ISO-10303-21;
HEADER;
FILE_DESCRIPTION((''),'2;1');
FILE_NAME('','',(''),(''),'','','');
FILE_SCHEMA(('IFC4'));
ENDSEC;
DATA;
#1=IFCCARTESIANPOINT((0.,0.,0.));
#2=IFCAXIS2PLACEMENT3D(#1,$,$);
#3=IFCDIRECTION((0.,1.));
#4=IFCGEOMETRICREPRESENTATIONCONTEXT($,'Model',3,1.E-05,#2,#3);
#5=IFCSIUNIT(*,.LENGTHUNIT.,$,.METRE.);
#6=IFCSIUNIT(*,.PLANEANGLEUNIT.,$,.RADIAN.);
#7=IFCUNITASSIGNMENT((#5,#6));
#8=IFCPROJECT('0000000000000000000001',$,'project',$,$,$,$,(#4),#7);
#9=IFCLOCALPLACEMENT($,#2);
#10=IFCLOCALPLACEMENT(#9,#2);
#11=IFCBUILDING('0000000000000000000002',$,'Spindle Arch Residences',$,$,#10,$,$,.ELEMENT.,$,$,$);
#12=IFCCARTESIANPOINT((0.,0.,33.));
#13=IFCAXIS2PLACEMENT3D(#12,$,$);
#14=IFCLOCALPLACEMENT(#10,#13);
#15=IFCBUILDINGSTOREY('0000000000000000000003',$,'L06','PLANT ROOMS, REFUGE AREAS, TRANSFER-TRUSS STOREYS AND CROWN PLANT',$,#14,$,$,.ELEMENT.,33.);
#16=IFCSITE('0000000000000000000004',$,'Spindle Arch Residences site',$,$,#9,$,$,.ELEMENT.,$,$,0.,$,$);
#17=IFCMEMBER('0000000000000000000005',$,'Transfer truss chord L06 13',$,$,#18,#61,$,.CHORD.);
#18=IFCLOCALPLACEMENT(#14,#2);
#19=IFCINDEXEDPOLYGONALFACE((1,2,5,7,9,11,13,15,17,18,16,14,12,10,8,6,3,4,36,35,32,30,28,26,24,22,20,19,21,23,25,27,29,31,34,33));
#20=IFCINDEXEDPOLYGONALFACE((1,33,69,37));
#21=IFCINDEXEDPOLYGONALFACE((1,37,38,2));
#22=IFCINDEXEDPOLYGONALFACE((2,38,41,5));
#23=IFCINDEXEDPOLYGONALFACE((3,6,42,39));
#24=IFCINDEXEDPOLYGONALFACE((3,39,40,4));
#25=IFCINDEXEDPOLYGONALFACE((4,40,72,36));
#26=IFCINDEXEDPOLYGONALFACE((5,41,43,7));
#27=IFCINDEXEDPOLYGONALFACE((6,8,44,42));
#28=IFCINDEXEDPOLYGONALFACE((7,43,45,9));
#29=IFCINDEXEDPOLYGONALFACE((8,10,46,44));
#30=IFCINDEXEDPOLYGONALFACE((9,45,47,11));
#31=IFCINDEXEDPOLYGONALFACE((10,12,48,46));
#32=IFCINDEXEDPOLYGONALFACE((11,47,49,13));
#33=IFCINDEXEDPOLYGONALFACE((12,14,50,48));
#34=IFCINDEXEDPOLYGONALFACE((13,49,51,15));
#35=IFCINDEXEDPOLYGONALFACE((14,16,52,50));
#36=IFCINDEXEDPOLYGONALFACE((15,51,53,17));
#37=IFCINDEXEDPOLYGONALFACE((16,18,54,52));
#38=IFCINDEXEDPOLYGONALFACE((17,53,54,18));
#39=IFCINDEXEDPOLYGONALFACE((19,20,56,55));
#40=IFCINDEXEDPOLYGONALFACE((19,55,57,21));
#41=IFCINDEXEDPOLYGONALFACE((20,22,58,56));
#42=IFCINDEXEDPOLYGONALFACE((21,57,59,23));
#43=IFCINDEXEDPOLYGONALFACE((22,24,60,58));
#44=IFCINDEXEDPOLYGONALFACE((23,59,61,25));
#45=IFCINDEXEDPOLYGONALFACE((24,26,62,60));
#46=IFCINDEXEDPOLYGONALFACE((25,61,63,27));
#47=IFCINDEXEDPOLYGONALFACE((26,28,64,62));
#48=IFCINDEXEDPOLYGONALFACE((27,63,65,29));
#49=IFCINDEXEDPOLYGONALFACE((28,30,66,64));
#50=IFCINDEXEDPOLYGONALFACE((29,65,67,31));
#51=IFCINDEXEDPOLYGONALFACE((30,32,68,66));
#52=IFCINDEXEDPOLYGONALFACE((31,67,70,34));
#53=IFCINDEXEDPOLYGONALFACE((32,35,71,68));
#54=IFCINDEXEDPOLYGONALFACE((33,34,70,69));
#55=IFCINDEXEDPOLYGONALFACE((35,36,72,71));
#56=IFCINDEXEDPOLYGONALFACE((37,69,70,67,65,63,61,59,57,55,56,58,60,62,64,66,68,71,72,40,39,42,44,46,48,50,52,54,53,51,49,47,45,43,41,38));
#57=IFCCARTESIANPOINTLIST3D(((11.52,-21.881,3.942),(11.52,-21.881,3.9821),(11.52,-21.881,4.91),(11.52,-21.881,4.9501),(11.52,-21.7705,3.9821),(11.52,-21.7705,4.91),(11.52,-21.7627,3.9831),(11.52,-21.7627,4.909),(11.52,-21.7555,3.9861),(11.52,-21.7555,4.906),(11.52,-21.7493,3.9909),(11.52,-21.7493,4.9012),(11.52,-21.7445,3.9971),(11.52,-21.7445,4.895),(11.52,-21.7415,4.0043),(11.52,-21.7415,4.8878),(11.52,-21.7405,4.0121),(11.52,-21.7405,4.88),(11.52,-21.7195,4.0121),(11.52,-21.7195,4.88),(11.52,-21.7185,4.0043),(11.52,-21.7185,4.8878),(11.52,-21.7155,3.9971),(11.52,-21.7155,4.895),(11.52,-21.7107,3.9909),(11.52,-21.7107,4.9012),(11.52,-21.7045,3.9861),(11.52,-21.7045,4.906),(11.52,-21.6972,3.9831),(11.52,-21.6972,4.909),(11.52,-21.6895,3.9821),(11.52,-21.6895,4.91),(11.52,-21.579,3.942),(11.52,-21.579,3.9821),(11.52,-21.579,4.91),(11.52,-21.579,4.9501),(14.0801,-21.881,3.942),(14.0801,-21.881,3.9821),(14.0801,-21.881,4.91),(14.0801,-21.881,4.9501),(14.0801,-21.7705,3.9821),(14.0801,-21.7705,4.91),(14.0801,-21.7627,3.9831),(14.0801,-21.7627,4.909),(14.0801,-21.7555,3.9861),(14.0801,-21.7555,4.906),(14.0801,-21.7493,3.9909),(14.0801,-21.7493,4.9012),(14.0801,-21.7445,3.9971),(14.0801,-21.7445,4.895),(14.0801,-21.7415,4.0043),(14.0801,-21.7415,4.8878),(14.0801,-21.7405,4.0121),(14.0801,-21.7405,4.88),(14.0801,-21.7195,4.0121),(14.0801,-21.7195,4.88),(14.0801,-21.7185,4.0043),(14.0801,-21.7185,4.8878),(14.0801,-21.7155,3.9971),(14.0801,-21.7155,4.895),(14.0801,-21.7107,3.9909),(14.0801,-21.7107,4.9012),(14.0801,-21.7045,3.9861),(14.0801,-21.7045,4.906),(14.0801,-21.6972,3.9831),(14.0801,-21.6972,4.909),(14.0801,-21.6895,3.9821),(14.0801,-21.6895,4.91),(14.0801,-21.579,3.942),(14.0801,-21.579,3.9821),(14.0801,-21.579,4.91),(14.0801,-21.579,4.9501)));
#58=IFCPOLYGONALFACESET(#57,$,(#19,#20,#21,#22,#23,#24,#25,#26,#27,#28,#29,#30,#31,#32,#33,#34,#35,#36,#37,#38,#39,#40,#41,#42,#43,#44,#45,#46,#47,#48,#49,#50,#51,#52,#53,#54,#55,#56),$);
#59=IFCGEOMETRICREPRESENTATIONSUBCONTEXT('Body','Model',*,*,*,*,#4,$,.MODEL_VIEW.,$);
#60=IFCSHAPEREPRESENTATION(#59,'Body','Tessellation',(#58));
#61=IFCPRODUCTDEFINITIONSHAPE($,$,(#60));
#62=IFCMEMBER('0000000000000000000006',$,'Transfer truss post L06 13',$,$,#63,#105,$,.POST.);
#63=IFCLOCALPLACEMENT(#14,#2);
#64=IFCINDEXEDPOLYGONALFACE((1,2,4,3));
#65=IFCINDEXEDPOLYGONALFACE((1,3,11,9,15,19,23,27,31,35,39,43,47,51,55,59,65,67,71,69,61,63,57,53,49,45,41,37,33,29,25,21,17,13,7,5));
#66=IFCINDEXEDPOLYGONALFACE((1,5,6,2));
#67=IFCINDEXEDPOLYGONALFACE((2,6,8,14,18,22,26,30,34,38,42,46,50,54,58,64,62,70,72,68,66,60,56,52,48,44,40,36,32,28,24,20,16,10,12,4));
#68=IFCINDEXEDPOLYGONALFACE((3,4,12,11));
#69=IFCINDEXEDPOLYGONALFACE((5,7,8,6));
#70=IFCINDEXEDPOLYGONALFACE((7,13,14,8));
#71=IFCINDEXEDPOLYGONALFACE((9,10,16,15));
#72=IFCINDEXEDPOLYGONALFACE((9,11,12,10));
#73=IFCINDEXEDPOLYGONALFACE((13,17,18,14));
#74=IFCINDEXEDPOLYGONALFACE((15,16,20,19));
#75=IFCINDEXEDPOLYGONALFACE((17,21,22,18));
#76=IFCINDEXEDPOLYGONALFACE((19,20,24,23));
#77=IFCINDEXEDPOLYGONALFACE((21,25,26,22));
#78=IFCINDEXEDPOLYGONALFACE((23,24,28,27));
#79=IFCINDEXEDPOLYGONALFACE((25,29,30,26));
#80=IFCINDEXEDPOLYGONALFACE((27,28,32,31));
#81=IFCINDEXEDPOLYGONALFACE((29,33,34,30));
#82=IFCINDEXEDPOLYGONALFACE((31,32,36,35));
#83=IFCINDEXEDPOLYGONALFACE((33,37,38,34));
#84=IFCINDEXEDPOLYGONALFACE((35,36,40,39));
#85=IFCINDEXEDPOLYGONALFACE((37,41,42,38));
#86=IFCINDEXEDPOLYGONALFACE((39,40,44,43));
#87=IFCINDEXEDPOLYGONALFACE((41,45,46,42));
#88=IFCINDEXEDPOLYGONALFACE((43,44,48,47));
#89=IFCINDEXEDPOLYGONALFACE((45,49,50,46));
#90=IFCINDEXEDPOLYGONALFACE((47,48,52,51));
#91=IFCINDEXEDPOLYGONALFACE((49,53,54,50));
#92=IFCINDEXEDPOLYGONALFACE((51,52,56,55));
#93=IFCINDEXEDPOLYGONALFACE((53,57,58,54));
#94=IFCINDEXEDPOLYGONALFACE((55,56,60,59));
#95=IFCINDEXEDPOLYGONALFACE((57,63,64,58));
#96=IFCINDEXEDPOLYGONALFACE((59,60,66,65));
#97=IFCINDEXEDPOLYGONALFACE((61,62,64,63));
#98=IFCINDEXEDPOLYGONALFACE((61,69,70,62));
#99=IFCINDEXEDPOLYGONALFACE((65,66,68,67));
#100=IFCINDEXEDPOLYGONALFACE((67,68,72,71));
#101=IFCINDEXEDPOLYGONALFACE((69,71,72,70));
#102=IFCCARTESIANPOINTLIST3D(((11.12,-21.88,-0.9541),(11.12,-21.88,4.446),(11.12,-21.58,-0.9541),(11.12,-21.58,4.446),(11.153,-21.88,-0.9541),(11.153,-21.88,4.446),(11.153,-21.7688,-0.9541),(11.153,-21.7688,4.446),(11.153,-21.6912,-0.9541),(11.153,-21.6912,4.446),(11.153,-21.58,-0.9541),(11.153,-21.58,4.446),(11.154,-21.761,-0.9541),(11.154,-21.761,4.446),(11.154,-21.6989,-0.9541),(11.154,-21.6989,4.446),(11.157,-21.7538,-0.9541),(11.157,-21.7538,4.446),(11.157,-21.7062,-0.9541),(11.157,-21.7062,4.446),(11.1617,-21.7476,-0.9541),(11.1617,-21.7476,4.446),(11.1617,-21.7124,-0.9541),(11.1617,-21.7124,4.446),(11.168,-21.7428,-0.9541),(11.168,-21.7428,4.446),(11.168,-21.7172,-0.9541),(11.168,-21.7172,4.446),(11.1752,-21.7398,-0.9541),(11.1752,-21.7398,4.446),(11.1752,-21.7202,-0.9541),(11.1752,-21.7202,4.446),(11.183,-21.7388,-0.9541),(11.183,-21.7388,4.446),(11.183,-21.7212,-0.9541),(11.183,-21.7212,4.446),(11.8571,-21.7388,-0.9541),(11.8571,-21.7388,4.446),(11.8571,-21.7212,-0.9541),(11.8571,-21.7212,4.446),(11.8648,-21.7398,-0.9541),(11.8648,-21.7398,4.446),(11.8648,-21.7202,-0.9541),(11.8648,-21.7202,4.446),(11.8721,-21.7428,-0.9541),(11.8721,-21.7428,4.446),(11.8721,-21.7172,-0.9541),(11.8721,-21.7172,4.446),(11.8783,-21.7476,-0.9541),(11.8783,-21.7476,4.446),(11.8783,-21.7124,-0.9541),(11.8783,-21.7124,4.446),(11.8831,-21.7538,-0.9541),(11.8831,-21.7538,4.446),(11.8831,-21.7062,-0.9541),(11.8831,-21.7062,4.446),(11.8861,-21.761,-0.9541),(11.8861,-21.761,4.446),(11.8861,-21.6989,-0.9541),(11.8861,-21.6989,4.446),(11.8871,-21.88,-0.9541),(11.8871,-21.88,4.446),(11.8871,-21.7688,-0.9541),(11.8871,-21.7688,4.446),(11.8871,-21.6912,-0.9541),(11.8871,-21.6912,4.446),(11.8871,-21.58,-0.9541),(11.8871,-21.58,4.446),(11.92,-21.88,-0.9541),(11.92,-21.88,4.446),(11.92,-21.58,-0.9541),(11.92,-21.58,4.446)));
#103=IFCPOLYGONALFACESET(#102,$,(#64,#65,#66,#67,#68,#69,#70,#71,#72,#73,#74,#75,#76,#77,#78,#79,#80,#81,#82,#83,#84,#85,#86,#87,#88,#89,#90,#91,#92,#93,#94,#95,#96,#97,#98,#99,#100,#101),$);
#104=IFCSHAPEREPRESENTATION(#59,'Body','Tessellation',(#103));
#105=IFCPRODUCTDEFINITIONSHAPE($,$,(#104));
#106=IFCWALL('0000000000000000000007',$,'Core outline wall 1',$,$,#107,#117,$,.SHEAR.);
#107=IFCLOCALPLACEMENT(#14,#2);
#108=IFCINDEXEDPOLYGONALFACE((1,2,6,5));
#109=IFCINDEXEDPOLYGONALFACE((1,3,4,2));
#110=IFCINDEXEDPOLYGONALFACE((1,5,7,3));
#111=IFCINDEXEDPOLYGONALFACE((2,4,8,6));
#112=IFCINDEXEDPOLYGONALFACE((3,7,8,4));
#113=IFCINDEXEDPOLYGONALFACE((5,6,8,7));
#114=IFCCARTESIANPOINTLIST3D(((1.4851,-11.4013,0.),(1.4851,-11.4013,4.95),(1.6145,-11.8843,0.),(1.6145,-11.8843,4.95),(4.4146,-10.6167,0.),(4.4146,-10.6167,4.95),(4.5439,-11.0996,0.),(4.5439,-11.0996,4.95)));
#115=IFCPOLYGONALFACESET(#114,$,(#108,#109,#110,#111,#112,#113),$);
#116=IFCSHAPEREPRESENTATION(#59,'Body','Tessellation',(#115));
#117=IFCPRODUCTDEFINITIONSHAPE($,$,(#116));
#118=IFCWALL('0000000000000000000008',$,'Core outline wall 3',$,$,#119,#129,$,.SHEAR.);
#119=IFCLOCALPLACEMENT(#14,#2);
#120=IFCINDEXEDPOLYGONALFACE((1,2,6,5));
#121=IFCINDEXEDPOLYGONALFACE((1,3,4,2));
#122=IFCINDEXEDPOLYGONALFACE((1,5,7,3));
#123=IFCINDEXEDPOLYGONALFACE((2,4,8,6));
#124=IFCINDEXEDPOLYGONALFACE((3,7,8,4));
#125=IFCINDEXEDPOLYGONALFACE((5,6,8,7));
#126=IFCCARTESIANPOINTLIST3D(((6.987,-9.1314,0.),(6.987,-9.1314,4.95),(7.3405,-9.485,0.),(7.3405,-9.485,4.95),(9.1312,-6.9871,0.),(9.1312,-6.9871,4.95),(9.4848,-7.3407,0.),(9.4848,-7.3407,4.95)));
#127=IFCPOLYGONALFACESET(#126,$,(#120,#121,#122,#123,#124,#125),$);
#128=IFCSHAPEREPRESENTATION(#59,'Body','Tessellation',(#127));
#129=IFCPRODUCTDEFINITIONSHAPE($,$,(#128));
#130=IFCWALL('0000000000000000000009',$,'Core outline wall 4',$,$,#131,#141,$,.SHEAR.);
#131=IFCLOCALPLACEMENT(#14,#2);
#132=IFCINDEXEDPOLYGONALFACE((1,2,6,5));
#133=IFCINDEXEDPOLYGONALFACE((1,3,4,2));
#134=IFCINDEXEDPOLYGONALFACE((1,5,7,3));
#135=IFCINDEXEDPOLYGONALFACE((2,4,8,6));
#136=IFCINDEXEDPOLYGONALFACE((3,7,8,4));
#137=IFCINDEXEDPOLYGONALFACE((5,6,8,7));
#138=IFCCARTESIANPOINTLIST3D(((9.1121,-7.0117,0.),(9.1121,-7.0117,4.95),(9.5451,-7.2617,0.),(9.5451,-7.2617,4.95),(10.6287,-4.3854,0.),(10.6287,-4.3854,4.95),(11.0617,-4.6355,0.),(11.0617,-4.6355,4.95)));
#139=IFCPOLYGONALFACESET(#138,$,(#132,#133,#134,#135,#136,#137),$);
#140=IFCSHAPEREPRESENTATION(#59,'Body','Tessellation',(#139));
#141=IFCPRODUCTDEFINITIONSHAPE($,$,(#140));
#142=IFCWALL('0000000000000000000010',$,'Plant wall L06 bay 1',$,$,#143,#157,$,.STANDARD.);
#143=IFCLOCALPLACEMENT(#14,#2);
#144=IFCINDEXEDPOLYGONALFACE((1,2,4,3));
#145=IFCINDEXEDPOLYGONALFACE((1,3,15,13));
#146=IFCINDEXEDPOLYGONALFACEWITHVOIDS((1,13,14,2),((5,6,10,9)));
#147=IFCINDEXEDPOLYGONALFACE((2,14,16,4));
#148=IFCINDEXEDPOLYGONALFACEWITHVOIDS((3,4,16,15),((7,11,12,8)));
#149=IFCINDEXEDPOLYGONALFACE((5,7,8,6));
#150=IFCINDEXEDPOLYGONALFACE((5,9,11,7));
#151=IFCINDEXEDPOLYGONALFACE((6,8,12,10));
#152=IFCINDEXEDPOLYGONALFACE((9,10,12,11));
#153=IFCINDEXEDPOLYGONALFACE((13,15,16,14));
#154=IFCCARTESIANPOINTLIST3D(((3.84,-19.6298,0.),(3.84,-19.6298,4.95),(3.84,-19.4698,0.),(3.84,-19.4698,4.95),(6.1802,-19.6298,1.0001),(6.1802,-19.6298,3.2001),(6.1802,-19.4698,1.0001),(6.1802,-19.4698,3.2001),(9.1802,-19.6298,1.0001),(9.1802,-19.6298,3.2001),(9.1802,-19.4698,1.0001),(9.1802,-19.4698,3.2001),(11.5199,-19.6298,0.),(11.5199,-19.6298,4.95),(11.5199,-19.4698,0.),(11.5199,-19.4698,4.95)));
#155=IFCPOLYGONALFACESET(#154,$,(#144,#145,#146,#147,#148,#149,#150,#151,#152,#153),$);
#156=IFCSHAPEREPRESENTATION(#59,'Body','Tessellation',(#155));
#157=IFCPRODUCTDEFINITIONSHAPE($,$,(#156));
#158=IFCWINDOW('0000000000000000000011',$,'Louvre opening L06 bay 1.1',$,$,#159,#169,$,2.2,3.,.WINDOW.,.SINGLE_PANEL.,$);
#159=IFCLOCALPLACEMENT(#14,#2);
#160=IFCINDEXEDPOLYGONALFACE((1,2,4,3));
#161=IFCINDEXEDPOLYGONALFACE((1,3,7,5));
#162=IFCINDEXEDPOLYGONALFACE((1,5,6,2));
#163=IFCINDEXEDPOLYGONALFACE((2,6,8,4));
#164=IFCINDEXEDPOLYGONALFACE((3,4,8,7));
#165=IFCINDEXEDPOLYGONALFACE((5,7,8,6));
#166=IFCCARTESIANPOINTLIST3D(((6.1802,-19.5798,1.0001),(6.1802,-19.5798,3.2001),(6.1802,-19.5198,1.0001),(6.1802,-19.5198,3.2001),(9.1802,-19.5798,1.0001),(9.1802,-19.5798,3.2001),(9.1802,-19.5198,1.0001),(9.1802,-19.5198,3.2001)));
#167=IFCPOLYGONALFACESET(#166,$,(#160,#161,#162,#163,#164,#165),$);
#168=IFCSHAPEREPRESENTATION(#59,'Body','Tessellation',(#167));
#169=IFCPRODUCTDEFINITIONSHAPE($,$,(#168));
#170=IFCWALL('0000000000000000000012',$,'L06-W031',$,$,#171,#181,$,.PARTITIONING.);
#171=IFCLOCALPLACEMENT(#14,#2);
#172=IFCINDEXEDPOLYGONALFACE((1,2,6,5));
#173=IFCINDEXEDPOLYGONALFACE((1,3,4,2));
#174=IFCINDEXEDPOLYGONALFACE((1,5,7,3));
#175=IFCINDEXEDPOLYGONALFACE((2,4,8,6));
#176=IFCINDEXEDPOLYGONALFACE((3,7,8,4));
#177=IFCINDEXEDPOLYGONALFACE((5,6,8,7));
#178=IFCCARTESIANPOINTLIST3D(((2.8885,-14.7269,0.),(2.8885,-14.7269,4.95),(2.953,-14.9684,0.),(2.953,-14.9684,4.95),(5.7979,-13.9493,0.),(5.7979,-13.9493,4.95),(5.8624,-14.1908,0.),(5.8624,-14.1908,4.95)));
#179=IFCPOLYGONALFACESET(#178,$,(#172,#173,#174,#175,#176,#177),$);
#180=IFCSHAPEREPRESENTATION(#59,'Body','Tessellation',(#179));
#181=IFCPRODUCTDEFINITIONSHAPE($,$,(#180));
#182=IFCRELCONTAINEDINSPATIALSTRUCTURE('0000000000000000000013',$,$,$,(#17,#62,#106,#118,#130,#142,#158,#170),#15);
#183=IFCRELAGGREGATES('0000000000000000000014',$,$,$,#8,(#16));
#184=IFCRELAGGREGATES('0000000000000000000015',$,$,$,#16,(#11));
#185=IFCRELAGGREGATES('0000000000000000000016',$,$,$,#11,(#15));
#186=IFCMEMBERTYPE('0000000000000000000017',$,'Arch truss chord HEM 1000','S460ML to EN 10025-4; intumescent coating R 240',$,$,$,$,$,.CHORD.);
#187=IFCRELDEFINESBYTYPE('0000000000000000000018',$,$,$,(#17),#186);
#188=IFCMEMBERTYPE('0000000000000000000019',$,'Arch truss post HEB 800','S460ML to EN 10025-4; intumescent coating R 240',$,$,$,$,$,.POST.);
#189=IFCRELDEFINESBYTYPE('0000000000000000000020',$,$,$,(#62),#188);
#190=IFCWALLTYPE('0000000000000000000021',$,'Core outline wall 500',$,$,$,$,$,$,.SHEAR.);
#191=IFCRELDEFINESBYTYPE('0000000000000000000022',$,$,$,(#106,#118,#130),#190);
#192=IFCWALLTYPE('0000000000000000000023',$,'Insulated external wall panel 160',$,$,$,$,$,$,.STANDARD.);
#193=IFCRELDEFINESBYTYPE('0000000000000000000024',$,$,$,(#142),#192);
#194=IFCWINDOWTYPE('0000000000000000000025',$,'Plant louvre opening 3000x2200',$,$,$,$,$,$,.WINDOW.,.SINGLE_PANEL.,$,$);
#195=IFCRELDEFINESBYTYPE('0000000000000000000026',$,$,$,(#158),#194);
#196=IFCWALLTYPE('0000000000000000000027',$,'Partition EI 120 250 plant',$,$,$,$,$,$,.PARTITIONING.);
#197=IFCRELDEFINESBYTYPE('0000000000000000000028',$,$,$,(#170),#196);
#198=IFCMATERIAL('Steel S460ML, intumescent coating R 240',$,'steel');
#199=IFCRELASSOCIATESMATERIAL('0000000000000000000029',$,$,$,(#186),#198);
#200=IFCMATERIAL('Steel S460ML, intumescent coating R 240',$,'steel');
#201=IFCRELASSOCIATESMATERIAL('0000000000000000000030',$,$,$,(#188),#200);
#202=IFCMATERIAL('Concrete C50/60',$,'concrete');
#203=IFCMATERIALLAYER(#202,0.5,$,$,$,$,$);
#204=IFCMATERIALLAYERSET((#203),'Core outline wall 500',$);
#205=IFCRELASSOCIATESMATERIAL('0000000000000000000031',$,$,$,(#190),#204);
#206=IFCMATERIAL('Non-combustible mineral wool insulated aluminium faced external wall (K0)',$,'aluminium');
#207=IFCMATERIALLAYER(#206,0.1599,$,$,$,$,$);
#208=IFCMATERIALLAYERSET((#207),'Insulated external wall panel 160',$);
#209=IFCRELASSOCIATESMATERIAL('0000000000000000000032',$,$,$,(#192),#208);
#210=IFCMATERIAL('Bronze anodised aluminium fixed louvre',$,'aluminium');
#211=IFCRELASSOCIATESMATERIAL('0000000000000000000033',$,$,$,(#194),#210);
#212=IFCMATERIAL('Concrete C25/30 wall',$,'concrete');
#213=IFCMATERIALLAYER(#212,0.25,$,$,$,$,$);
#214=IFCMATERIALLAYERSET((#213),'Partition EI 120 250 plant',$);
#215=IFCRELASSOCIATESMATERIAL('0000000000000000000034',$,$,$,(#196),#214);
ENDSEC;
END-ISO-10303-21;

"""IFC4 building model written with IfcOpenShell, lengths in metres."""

from ifc_helpers import new_model, si_unit, direction, frame, frame_2d, origin, origin_2d, place, context, subcontext, project, spatial, rectangle, i_section, extrude, material, layer, layer_set, material_profile, profile_set, type_object, element, fill, save


model = new_model("IFC4")

# Units and contexts
model_context = context("Model", 3, precision=1e-05, world=origin(), true_north=direction((0.0, 1.0)))
body_context = subcontext(model_context, "Body", "Model", "MODEL_VIEW")
ifc_project = project(units=[si_unit("LENGTHUNIT", "METRE"), si_unit("PLANEANGLEUNIT", "RADIAN")], contexts=[model_context])

# Site, building, storey
site_placement = place(None, origin())
site = spatial("IfcSite", under=ifc_project, at=site_placement, Name="Spindle Arch Residences site", CompositionType="ELEMENT", RefElevation=0.0)
building_placement = place(site_placement, origin())
building = spatial("IfcBuilding", under=site, at=building_placement, Name="Spindle Arch Residences", CompositionType="ELEMENT")
storey_placement = place(building_placement, frame((0.0, 0.0, 33.0)))
storey = spatial("IfcBuildingStorey", under=building, at=storey_placement, Name="L06", Description="PLANT ROOMS, REFUGE AREAS, TRANSFER-TRUSS STOREYS AND CROWN PLANT", CompositionType="ELEMENT", Elevation=33.0)

# Members
ifc_material_1 = material(Name="Steel S460ML, intumescent coating R 240", Category="steel")
ifc_material_profile_1 = material_profile(ifc_material_1, i_section(OverallWidth=0.302, OverallDepth=1.0081, WebThickness=0.021, FlangeThickness=0.04, FilletRadius=0.03, at=origin_2d()), Name="HEM 1000")
ifc_profile_set_1 = profile_set([ifc_material_profile_1], Name="Steel S460ML, intumescent coating R 240")
member_type_1 = type_object("IfcMemberType", Name="Arch truss chord HEM 1000", Description="S460ML to EN 10025-4; intumescent coating R 240", PredefinedType="CHORD", material=ifc_profile_set_1)
member_1_placement = place(storey_placement, frame((11.52, -21.73, 4.446), z_axis=(1.0, 0.0, 0.0), x_axis=(0.0, 1.0, 0.0)))
element("IfcMember", 1, at=member_1_placement, inside=storey, type_object=member_type_1, Name="Transfer truss chord L06 13", PredefinedType="CHORD", context=body_context, shape_type="SweptSolid", body=[
    extrude(i_section(OverallWidth=0.302, OverallDepth=1.0081, WebThickness=0.021, FlangeThickness=0.04, FilletRadius=0.03, at=origin_2d()), origin(), (0.0, 0.0, 1.0), 2.5601),
])
ifc_material_2 = material(Name="Steel S460ML, intumescent coating R 240", Category="steel")
ifc_material_profile_2 = material_profile(ifc_material_2, i_section(OverallWidth=0.3, OverallDepth=0.8, WebThickness=0.0176, FlangeThickness=0.033, FilletRadius=0.03, at=origin_2d()), Name="HEB 800")
ifc_profile_set_2 = profile_set([ifc_material_profile_2], Name="Steel S460ML, intumescent coating R 240")
member_type_2 = type_object("IfcMemberType", Name="Arch truss post HEB 800", Description="S460ML to EN 10025-4; intumescent coating R 240", PredefinedType="POST", material=ifc_profile_set_2)
member_2_placement = place(storey_placement, frame((11.52, -21.73, -0.9541), z_axis=(0.0, 0.0, 1.0), x_axis=(0.0, 1.0, 0.0)))
element("IfcMember", 2, at=member_2_placement, inside=storey, type_object=member_type_2, Name="Transfer truss post L06 13", PredefinedType="POST", context=body_context, shape_type="SweptSolid", body=[
    extrude(i_section(OverallWidth=0.3, OverallDepth=0.8, WebThickness=0.0176, FlangeThickness=0.033, FilletRadius=0.03, at=origin_2d()), origin(), (0.0, 0.0, 1.0), 5.4001),
])

# Wall
ifc_material_3 = material(Name="Concrete C50/60", Category="concrete")
ifc_layer_1 = layer(ifc_material_3, 0.5)
ifc_layer_set_1 = layer_set([ifc_layer_1], Name="Core outline wall 500")
wall_type_1 = type_object("IfcWallType", Name="Core outline wall 500", PredefinedType="SHEAR", material=ifc_layer_set_1)
wall_1_placement = place(storey_placement, frame((1.5498, -11.6428, 0.0), z_axis=(0.0, 0.0, 1.0), x_axis=(0.965948, 0.258735, 0.0)))
element("IfcWall", 3, at=wall_1_placement, inside=storey, type_object=wall_type_1, Name="Core outline wall 1", PredefinedType="SHEAR", context=body_context, shape_type="SweptSolid", body=[
    extrude(rectangle(XDim=3.0327, YDim=0.5, at=frame_2d((1.5164, 0.0))), origin(), (0.0, 0.0, 1.0), 4.95),
])

# Walls
wall_2_placement = place(storey_placement, frame((7.1638, -9.3081, 0.0), z_axis=(0.0, 0.0, 1.0), x_axis=(0.707107, 0.707107, 0.0)))
element("IfcWall", 4, at=wall_2_placement, inside=storey, type_object=wall_type_1, Name="Core outline wall 3", PredefinedType="SHEAR", context=body_context, shape_type="SweptSolid", body=[
    extrude(rectangle(XDim=3.0325, YDim=0.5, at=frame_2d((1.5161, 0.0))), origin(), (0.0, 0.0, 1.0), 4.95),
])
wall_3_placement = place(storey_placement, frame((9.3286, -7.1367, 0.0), z_axis=(0.0, 0.0, 1.0), x_axis=(0.500087, 0.865975, 0.0)))
element("IfcWall", 5, at=wall_3_placement, inside=storey, type_object=wall_type_1, Name="Core outline wall 4", PredefinedType="SHEAR", context=body_context, shape_type="SweptSolid", body=[
    extrude(rectangle(XDim=3.0327, YDim=0.5, at=frame_2d((1.5164, 0.0))), origin(), (0.0, 0.0, 1.0), 4.95),
])

# Wall, opening, window
ifc_material_4 = material(Name="Non-combustible mineral wool insulated aluminium faced external wall (K0)", Category="aluminium")
ifc_layer_2 = layer(ifc_material_4, 0.1599)
ifc_layer_set_2 = layer_set([ifc_layer_2], Name="Insulated external wall panel 160")
wall_type_2 = type_object("IfcWallType", Name="Insulated external wall panel 160", PredefinedType="STANDARD", material=ifc_layer_set_2)
wall_4_placement = place(storey_placement, frame((3.8401, -19.5498, 0.0), z_axis=(0.0, 0.0, 1.0), x_axis=(1.0, 0.0, 0.0)))
wall_4 = element("IfcWall", 6, at=wall_4_placement, inside=storey, type_object=wall_type_2, Name="Plant wall L06 bay 1", PredefinedType="STANDARD", context=body_context, shape_type="SweptSolid", body=[
    extrude(rectangle(XDim=7.6799, YDim=0.1599, at=frame_2d((3.8398, 0.0))), origin(), (0.0, 0.0, 1.0), 4.95),
])
opening_1_placement = place(wall_4_placement, frame((2.3401, 0.0, 1.0)))
opening_1 = element("IfcOpeningElement", 7, at=opening_1_placement, cuts=wall_4, PredefinedType="OPENING", context=body_context, shape_type="SweptSolid", body=[
    extrude(rectangle(XDim=3.0, YDim=2.2, at=frame_2d((1.5, 1.1001))), frame((0.0, 0.0898, 0.0), z_axis=(0.0, -1.0, 0.0), x_axis=(1.0, 0.0, 0.0)), (0.0, 0.0, 1.0), 0.1799),
])
ifc_material_5 = material(Name="Bronze anodised aluminium fixed louvre", Category="aluminium")
window_type = type_object("IfcWindowType", Name="Plant louvre opening 3000x2200", PartitioningType="SINGLE_PANEL", PredefinedType="WINDOW", material=ifc_material_5)
window_placement = place(opening_1_placement, origin())
window = element("IfcWindow", 8, at=window_placement, inside=storey, type_object=window_type, Name="Louvre opening L06 bay 1.1", OverallHeight=2.2, OverallWidth=3.0, PartitioningType="SINGLE_PANEL", PredefinedType="WINDOW", context=body_context, shape_type="SweptSolid", body=[
    extrude(rectangle(XDim=3.0, YDim=2.2, at=frame_2d((1.5, 1.1001))), frame((0.0, 0.03, 0.0), z_axis=(0.0, -1.0, 0.0), x_axis=(1.0, 0.0, 0.0)), (0.0, 0.0, 1.0), 0.0601),
])
fill(opening_1, window)

# Wall
ifc_material_6 = material(Name="Concrete C25/30 wall", Category="concrete")
ifc_layer_3 = layer(ifc_material_6, 0.25)
ifc_layer_set_3 = layer_set([ifc_layer_3], Name="Partition EI 120 250 plant")
wall_type_3 = type_object("IfcWallType", Name="Partition EI 120 250 plant", PredefinedType="PARTITIONING", material=ifc_layer_set_3)
wall_5_placement = place(storey_placement, frame((2.9207, -14.8477, 0.0), z_axis=(0.0, 0.0, 1.0), x_axis=(0.966091, 0.258203, 0.0)))
element("IfcWall", 9, at=wall_5_placement, inside=storey, type_object=wall_type_3, Name="L06-W031", PredefinedType="PARTITIONING", context=body_context, shape_type="SweptSolid", body=[
    extrude(rectangle(XDim=3.0115, YDim=0.25, at=frame_2d((1.5059, 0.0))), origin(), (0.0, 0.0, 1.0), 4.95),
])

save(model, "model.ifc")
